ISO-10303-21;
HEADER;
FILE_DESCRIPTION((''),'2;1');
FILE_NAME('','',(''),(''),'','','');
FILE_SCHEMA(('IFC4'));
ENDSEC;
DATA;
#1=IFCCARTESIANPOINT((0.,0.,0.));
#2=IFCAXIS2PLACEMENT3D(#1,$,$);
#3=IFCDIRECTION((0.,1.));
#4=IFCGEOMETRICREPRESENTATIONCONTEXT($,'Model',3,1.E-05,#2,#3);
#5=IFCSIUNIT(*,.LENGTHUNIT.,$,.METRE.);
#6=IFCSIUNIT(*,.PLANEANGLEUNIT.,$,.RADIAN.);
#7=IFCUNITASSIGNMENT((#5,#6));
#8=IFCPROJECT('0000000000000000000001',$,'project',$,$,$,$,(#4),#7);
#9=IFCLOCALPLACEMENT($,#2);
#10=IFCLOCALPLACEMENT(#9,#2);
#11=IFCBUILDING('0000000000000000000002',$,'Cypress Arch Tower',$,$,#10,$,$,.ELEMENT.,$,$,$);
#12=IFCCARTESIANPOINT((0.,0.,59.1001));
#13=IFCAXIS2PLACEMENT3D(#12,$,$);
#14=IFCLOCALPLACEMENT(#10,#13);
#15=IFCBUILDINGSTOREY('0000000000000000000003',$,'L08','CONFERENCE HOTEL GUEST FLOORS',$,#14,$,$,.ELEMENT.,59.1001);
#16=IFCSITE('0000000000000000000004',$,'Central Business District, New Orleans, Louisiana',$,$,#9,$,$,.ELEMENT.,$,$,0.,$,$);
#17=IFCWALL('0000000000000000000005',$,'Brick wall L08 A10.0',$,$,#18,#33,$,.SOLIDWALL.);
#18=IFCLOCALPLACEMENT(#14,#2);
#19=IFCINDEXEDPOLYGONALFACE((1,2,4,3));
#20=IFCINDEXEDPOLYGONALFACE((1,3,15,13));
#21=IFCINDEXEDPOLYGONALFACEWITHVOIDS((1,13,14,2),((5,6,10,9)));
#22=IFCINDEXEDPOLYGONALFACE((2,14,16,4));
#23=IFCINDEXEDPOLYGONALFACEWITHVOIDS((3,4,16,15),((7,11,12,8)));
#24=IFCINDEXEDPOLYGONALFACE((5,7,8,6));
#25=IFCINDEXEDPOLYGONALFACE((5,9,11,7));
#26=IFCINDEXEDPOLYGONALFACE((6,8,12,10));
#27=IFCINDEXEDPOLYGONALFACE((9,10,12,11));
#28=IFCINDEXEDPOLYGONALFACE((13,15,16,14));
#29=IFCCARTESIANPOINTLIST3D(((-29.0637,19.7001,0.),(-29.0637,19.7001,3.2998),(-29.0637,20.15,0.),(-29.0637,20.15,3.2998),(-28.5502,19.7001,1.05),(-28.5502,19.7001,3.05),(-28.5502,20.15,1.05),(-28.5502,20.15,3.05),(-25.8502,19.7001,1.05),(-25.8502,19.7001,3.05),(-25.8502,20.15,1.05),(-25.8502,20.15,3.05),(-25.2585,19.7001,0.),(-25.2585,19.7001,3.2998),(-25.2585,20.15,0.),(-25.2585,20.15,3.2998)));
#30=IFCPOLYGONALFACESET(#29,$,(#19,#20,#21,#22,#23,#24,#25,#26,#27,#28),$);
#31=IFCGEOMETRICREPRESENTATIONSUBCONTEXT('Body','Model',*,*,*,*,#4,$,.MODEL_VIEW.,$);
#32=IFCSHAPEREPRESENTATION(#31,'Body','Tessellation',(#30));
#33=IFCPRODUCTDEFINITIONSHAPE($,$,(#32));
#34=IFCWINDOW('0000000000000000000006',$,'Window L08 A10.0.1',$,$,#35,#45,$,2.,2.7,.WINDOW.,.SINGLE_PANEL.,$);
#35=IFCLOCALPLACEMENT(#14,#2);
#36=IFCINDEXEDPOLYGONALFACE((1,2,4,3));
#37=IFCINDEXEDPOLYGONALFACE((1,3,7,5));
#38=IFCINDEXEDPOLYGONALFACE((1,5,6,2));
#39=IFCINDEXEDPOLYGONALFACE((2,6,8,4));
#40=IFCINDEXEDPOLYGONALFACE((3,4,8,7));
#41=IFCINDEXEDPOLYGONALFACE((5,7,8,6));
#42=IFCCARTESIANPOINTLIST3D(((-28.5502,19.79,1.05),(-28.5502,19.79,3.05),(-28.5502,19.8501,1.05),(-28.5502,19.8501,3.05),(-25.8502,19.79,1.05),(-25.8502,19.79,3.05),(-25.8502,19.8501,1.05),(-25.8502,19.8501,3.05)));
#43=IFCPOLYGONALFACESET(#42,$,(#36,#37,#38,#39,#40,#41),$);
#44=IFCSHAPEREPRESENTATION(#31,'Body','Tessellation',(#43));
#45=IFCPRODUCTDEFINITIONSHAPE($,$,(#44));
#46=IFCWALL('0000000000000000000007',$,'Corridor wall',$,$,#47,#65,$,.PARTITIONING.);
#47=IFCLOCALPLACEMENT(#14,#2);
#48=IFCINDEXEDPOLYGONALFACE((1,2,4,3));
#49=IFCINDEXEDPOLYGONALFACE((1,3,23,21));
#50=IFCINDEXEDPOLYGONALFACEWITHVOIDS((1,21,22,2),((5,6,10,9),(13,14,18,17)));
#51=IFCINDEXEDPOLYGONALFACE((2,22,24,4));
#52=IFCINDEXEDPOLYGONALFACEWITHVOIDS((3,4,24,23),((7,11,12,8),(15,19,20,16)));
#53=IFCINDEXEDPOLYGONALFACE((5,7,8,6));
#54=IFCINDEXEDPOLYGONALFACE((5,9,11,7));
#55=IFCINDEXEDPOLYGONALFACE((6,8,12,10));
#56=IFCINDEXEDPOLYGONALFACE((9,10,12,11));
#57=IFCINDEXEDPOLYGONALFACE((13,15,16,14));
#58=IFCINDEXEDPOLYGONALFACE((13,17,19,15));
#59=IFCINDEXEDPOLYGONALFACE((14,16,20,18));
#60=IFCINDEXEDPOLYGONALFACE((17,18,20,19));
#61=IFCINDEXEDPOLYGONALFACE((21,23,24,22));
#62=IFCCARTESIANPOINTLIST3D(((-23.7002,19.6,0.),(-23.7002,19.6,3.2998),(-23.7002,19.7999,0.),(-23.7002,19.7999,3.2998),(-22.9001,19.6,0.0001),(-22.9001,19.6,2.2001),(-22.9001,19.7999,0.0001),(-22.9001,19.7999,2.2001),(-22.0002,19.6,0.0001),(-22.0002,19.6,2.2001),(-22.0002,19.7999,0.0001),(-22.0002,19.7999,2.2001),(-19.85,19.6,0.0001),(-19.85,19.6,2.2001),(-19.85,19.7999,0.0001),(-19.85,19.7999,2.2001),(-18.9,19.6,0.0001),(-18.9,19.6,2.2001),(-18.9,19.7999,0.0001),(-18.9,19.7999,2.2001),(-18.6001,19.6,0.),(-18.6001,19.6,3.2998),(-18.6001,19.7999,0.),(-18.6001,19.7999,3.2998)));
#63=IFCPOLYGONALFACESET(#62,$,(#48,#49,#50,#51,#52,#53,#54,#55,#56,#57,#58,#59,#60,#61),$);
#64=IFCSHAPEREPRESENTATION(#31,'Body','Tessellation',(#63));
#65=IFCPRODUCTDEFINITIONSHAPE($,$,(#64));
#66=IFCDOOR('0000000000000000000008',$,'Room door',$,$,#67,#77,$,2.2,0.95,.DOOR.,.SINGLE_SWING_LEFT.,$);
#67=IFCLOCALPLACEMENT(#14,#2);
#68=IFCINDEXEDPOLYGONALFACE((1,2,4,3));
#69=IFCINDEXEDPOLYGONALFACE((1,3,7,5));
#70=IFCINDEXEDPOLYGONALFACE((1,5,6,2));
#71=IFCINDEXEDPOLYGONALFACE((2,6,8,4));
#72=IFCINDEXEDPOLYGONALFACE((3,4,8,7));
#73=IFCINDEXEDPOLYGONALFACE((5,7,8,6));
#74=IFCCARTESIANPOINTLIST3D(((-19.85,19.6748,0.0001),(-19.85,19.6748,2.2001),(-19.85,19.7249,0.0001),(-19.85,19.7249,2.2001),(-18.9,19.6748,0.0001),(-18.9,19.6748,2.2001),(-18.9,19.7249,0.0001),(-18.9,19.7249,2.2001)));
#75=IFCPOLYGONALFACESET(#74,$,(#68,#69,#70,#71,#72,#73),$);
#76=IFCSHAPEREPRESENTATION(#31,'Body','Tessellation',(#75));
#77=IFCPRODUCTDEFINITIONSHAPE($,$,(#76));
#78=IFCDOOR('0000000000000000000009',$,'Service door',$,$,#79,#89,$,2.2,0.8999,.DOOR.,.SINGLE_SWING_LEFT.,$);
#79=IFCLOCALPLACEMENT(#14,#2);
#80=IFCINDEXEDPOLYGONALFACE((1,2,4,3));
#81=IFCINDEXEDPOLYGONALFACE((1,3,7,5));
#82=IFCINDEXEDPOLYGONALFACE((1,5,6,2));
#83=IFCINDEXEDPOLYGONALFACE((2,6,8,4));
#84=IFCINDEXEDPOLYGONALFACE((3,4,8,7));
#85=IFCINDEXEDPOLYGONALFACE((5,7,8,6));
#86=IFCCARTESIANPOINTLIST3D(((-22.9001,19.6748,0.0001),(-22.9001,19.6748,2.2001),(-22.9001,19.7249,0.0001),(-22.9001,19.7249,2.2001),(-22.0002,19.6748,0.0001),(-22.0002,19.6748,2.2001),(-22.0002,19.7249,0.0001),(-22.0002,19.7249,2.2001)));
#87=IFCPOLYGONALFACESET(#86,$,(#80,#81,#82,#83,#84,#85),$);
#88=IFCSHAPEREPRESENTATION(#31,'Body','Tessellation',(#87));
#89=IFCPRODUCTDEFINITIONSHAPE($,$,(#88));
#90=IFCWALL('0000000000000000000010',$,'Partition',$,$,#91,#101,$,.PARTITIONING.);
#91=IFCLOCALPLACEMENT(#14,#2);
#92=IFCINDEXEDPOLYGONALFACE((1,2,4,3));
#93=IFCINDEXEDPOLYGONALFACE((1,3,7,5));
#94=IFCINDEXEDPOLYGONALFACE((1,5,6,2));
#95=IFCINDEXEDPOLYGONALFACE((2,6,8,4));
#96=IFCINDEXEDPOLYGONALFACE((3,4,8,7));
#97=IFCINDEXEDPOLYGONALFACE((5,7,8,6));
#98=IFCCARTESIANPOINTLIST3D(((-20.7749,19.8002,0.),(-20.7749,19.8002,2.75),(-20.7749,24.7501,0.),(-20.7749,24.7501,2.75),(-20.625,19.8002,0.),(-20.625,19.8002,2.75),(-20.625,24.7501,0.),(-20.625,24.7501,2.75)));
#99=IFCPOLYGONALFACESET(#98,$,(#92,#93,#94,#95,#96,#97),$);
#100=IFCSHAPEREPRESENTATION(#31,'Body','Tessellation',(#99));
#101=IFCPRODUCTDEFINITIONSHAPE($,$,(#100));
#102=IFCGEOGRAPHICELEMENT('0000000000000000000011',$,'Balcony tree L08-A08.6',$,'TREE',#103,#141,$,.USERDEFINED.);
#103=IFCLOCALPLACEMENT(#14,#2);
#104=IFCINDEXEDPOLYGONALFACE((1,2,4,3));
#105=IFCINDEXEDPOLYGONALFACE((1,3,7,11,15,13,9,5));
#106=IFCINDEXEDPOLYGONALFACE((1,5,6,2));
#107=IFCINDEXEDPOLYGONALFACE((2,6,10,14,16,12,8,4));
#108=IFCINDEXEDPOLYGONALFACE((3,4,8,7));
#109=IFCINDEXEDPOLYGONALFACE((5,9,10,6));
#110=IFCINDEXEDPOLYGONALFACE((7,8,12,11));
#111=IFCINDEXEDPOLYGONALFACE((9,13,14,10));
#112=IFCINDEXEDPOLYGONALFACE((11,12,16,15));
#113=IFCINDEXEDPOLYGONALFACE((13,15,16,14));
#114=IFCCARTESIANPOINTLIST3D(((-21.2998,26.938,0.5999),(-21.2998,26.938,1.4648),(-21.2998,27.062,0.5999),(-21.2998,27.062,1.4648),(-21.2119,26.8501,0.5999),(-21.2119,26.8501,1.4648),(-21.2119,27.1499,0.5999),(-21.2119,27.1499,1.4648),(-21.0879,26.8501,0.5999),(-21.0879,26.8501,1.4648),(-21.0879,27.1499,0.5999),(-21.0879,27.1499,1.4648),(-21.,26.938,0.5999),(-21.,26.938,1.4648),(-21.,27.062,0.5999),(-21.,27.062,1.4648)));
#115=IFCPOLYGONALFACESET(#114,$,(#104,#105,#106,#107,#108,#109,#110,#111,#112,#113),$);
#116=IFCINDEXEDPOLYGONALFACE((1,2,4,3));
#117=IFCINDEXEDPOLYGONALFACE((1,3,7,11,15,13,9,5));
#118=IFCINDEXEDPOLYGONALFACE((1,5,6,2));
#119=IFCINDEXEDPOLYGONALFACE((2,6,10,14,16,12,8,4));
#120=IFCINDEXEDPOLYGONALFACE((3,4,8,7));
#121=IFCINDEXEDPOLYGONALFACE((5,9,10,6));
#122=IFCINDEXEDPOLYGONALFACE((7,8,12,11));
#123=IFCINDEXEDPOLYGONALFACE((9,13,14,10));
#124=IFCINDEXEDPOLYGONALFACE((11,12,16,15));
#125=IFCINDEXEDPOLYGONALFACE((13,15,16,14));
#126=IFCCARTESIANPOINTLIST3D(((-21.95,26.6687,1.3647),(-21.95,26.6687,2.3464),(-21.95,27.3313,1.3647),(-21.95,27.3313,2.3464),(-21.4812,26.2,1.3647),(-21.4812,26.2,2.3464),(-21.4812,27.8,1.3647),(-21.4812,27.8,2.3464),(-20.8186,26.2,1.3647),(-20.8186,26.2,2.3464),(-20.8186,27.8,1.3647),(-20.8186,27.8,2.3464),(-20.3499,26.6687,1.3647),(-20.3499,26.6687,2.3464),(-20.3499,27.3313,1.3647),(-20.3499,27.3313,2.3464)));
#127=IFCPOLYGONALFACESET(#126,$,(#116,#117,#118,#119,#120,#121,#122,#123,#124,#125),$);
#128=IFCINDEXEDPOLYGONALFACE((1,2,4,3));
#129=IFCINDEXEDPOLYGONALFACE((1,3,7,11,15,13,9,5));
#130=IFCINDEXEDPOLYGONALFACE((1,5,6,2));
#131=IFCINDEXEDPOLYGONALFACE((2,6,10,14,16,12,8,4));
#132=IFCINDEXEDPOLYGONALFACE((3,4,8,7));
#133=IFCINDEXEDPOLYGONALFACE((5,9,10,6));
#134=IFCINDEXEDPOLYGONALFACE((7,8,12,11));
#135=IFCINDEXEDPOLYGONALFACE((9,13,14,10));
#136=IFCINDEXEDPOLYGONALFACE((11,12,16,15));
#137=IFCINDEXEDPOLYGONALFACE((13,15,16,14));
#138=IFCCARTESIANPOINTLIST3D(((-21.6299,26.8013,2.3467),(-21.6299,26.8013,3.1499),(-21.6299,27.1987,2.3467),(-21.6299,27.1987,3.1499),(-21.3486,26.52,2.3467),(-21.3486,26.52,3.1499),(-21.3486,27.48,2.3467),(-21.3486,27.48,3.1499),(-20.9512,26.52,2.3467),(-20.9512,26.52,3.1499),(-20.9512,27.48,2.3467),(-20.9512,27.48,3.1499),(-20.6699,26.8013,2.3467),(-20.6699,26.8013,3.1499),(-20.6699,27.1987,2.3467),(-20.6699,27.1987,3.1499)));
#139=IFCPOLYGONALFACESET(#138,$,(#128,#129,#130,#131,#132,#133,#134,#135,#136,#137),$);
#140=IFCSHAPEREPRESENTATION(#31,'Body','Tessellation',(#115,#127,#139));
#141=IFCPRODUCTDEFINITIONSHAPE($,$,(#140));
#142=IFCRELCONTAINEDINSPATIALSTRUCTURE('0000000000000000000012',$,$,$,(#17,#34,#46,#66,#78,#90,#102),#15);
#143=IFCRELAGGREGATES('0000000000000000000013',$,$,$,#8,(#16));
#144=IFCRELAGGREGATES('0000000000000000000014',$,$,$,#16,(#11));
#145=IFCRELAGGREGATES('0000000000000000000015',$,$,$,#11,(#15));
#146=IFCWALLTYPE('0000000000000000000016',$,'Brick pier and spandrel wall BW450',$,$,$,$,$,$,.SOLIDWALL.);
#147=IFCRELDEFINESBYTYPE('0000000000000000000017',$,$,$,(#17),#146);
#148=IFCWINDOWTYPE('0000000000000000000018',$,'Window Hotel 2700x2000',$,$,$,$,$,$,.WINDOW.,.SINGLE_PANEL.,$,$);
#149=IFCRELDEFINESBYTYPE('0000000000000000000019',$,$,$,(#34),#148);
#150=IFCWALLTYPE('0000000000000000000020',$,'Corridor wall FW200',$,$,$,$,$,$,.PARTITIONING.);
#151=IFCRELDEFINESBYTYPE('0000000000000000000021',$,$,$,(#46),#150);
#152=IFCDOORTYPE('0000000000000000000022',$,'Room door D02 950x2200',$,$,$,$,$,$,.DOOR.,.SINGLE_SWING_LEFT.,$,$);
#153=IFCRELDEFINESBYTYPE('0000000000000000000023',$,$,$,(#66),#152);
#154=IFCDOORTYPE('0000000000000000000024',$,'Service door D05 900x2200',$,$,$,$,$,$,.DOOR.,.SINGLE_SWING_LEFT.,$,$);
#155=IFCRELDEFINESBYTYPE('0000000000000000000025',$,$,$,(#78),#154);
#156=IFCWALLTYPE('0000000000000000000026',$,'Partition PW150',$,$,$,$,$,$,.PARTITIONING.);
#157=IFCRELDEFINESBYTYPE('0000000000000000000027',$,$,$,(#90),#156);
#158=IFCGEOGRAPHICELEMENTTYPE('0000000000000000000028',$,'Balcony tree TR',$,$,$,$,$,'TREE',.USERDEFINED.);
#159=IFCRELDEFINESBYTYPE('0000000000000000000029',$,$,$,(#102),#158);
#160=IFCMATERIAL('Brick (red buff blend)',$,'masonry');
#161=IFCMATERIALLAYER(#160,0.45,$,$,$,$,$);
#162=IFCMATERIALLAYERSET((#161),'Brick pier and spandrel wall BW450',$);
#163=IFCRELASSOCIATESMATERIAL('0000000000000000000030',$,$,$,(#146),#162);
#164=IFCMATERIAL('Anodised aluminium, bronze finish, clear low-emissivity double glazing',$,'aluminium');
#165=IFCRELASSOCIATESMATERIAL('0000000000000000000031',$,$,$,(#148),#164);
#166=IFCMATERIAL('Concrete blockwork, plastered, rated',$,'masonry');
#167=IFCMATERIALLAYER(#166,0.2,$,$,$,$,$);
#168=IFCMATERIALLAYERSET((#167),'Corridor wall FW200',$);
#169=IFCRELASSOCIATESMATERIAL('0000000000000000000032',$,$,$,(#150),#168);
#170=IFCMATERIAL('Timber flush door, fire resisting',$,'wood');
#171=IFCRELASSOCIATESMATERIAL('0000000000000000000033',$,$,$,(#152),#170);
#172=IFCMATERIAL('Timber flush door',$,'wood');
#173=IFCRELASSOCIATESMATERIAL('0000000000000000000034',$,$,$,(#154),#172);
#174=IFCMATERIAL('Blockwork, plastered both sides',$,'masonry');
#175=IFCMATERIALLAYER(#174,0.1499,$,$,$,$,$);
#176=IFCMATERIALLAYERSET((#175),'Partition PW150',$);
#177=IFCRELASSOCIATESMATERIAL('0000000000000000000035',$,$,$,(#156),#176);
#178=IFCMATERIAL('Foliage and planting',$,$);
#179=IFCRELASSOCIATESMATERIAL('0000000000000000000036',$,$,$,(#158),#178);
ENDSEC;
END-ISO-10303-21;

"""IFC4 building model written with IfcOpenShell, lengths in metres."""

from ifc_helpers import new_model, si_unit, direction, frame, frame_2d, origin, place, context, subcontext, project, spatial, polyline, rectangle, outline, extrude, material, layer, layer_set, type_object, element, fill, save


model = new_model("IFC4")

# Units and contexts
model_context = context("Model", 3, precision=1e-05, world=origin(), true_north=direction((0.0, 1.0)))
body_context = subcontext(model_context, "Body", "Model", "MODEL_VIEW")
ifc_project = project(units=[si_unit("LENGTHUNIT", "METRE"), si_unit("PLANEANGLEUNIT", "RADIAN")], contexts=[model_context])

# Site, building, storey
site_placement = place(None, origin())
site = spatial("IfcSite", under=ifc_project, at=site_placement, Name="Central Business District, New Orleans, Louisiana", CompositionType="ELEMENT", RefElevation=0.0)
building_placement = place(site_placement, origin())
building = spatial("IfcBuilding", under=site, at=building_placement, Name="Cypress Arch Tower", CompositionType="ELEMENT")
storey_placement = place(building_placement, frame((0.0, 0.0, 59.1001)))
storey = spatial("IfcBuildingStorey", under=building, at=storey_placement, Name="L08", Description="CONFERENCE HOTEL GUEST FLOORS", CompositionType="ELEMENT", Elevation=59.1001)

# Shared definitions
ifc_material_1 = material(Name="Brick (red buff blend)", Category="masonry")
ifc_layer_1 = layer(ifc_material_1, 0.45)
ifc_layer_set_1 = layer_set([ifc_layer_1], Name="Brick pier and spandrel wall BW450")
wall_type_1 = type_object("IfcWallType", Name="Brick pier and spandrel wall BW450", PredefinedType="SOLIDWALL", material=ifc_layer_set_1)

# Wall, opening, window
wall_1_placement = place(storey_placement, frame((-25.2585, 19.925, 0.0), z_axis=(0.0, 0.0, 1.0), x_axis=(-1.0, 0.0, 0.0)))
wall_1 = element("IfcWall", 1, at=wall_1_placement, inside=storey, type_object=wall_type_1, Name="Brick wall L08 A10.0", PredefinedType="SOLIDWALL", context=body_context, shape_type="SweptSolid", body=[
    extrude(rectangle(XDim=3.8052, YDim=0.45, at=frame_2d((1.9026, 0.0))), origin(), (0.0, 0.0, 1.0), 3.2998),
])
opening_1_placement = place(wall_1_placement, frame((0.5916, 0.0, 1.05)))
opening_1 = element("IfcOpeningElement", 2, at=opening_1_placement, cuts=wall_1, PredefinedType="OPENING", context=body_context, shape_type="SweptSolid", body=[
    extrude(rectangle(XDim=2.7, YDim=2.0, at=frame_2d((1.3501, 1.0))), frame((0.0, 0.2349, 0.0), z_axis=(0.0, -1.0, 0.0), x_axis=(1.0, 0.0, 0.0)), (0.0, 0.0, 1.0), 0.47),
])
ifc_material_2 = material(Name="Anodised aluminium, bronze finish, clear low-emissivity double glazing", Category="aluminium")
window_type_1 = type_object("IfcWindowType", Name="Window Hotel 2700x2000", PartitioningType="SINGLE_PANEL", PredefinedType="WINDOW", material=ifc_material_2)
window_1_placement = place(opening_1_placement, origin())
window_1 = element("IfcWindow", 3, at=window_1_placement, inside=storey, type_object=window_type_1, Name="Window L08 A10.0.1", OverallHeight=2.0, OverallWidth=2.7, PartitioningType="SINGLE_PANEL", PredefinedType="WINDOW", context=body_context, shape_type="SweptSolid", body=[
    extrude(rectangle(XDim=2.7, YDim=2.0, at=frame_2d((1.3501, 1.0))), frame((0.0, 0.135, 0.0), z_axis=(0.0, -1.0, 0.0), x_axis=(1.0, 0.0, 0.0)), (0.0, 0.0, 1.0), 0.0601),
])
fill(opening_1, window_1)

# Wall, openings, doors
ifc_material_3 = material(Name="Concrete blockwork, plastered, rated", Category="masonry")
ifc_layer_2 = layer(ifc_material_3, 0.2)
ifc_layer_set_2 = layer_set([ifc_layer_2], Name="Corridor wall FW200")
wall_type_2 = type_object("IfcWallType", Name="Corridor wall FW200", PredefinedType="PARTITIONING", material=ifc_layer_set_2)
wall_2_placement = place(storey_placement, frame((-23.7002, 19.7, 0.0), z_axis=(0.0, 0.0, 1.0), x_axis=(1.0, 0.0, 0.0)))
wall_2 = element("IfcWall", 4, at=wall_2_placement, inside=storey, type_object=wall_type_2, Name="Corridor wall", PredefinedType="PARTITIONING", context=body_context, shape_type="SweptSolid", body=[
    extrude(rectangle(XDim=5.1001, YDim=0.2, at=frame_2d((2.55, 0.0))), origin(), (0.0, 0.0, 1.0), 3.2998),
])
opening_2_placement = place(wall_2_placement, frame((0.8, 0.0, 0.0)))
opening_2 = element("IfcOpeningElement", 5, at=opening_2_placement, cuts=wall_2, PredefinedType="OPENING", context=body_context, shape_type="SweptSolid", body=[
    extrude(rectangle(XDim=0.8999, YDim=2.2, at=frame_2d((0.45, 1.1001))), frame((0.0, 0.1099, 0.0), z_axis=(0.0, -1.0, 0.0), x_axis=(1.0, 0.0, 0.0)), (0.0, 0.0, 1.0), 0.22),
])
opening_3_placement = place(wall_2_placement, frame((3.8501, 0.0, 0.0)))
opening_3 = element("IfcOpeningElement", 6, at=opening_3_placement, cuts=wall_2, PredefinedType="OPENING", context=body_context, shape_type="SweptSolid", body=[
    extrude(rectangle(XDim=0.95, YDim=2.2, at=frame_2d((0.4751, 1.1001))), frame((0.0, 0.1099, 0.0), z_axis=(0.0, -1.0, 0.0), x_axis=(1.0, 0.0, 0.0)), (0.0, 0.0, 1.0), 0.22),
])
ifc_material_4 = material(Name="Timber flush door, fire resisting", Category="wood")
door_type_1 = type_object("IfcDoorType", Name="Room door D02 950x2200", OperationType="SINGLE_SWING_LEFT", PredefinedType="DOOR", material=ifc_material_4)
door_1_placement = place(opening_3_placement, origin())
door_1 = element("IfcDoor", 7, at=door_1_placement, inside=storey, type_object=door_type_1, Name="Room door", OperationType="SINGLE_SWING_LEFT", OverallHeight=2.2, OverallWidth=0.95, PredefinedType="DOOR", context=body_context, shape_type="SweptSolid", body=[
    extrude(rectangle(XDim=0.95, YDim=2.2, at=frame_2d((0.4751, 1.1001))), frame((0.0, 0.0249, 0.0), z_axis=(0.0, -1.0, 0.0), x_axis=(1.0, 0.0, 0.0)), (0.0, 0.0, 1.0), 0.05),
])
fill(opening_3, door_1)
ifc_material_5 = material(Name="Timber flush door", Category="wood")
door_type_2 = type_object("IfcDoorType", Name="Service door D05 900x2200", OperationType="SINGLE_SWING_LEFT", PredefinedType="DOOR", material=ifc_material_5)
door_2_placement = place(opening_2_placement, origin())
door_2 = element("IfcDoor", 8, at=door_2_placement, inside=storey, type_object=door_type_2, Name="Service door", OperationType="SINGLE_SWING_LEFT", OverallHeight=2.2, OverallWidth=0.8999, PredefinedType="DOOR", context=body_context, shape_type="SweptSolid", body=[
    extrude(rectangle(XDim=0.8999, YDim=2.2, at=frame_2d((0.45, 1.1001))), frame((0.0, 0.0249, 0.0), z_axis=(0.0, -1.0, 0.0), x_axis=(1.0, 0.0, 0.0)), (0.0, 0.0, 1.0), 0.05),
])
fill(opening_2, door_2)

# Wall
ifc_material_6 = material(Name="Blockwork, plastered both sides", Category="masonry")
ifc_layer_3 = layer(ifc_material_6, 0.1499)
ifc_layer_set_3 = layer_set([ifc_layer_3], Name="Partition PW150")
wall_type_3 = type_object("IfcWallType", Name="Partition PW150", PredefinedType="PARTITIONING", material=ifc_layer_set_3)
wall_3_placement = place(storey_placement, frame((-20.7, 19.8, 0.0), z_axis=(0.0, 0.0, 1.0), x_axis=(0.0, 1.0, 0.0)))
element("IfcWall", 9, at=wall_3_placement, inside=storey, type_object=wall_type_3, Name="Partition", PredefinedType="PARTITIONING", context=body_context, shape_type="SweptSolid", body=[
    extrude(rectangle(XDim=4.95, YDim=0.1499, at=frame_2d((2.4751, 0.0))), origin(), (0.0, 0.0, 1.0), 2.75),
])

# Geographic element
ifc_material_7 = material(Name="Foliage and planting")
geographic_element_type = type_object("IfcGeographicElementType", Name="Balcony tree TR", ElementType="TREE", PredefinedType="USERDEFINED", material=ifc_material_7)
geographic_element_placement = place(storey_placement, frame((-21.1499, 27.0, 0.5999), z_axis=(0.0, 0.0, 1.0), x_axis=(1.0, 0.0, 0.0)))
element("IfcGeographicElement", 10, at=geographic_element_placement, inside=storey, type_object=geographic_element_type, Name="Balcony tree L08-A08.6", ObjectType="TREE", PredefinedType="USERDEFINED", context=body_context, shape_type="SweptSolid", body=[
    extrude(outline(polyline([(0.1499, 0.062), (0.062, 0.1499), (-0.062, 0.1499), (-0.1499, 0.062), (-0.1499, -0.062), (-0.062, -0.1499), (0.062, -0.1499), (0.1499, -0.062), (0.1499, 0.062)])), origin(), (0.0, 0.0, 1.0), 0.865),
    extrude(outline(polyline([(0.8, 0.3313), (0.3313, 0.8), (-0.3313, 0.8), (-0.8, 0.3313), (-0.8, -0.3313), (-0.3313, -0.8), (0.3313, -0.8), (0.8, -0.3313), (0.8, 0.3313)])), frame((0.0, 0.0, 0.7649)), (0.0, 0.0, 1.0), 0.9817),
    extrude(outline(polyline([(0.48, 0.1987), (0.1987, 0.48), (-0.1987, 0.48), (-0.48, 0.1987), (-0.48, -0.1987), (-0.1987, -0.48), (0.1987, -0.48), (0.48, -0.1987), (0.48, 0.1987)])), frame((0.0, 0.0, 1.7468)), (0.0, 0.0, 1.0), 0.8032),
])

save(model, "model.ifc")
